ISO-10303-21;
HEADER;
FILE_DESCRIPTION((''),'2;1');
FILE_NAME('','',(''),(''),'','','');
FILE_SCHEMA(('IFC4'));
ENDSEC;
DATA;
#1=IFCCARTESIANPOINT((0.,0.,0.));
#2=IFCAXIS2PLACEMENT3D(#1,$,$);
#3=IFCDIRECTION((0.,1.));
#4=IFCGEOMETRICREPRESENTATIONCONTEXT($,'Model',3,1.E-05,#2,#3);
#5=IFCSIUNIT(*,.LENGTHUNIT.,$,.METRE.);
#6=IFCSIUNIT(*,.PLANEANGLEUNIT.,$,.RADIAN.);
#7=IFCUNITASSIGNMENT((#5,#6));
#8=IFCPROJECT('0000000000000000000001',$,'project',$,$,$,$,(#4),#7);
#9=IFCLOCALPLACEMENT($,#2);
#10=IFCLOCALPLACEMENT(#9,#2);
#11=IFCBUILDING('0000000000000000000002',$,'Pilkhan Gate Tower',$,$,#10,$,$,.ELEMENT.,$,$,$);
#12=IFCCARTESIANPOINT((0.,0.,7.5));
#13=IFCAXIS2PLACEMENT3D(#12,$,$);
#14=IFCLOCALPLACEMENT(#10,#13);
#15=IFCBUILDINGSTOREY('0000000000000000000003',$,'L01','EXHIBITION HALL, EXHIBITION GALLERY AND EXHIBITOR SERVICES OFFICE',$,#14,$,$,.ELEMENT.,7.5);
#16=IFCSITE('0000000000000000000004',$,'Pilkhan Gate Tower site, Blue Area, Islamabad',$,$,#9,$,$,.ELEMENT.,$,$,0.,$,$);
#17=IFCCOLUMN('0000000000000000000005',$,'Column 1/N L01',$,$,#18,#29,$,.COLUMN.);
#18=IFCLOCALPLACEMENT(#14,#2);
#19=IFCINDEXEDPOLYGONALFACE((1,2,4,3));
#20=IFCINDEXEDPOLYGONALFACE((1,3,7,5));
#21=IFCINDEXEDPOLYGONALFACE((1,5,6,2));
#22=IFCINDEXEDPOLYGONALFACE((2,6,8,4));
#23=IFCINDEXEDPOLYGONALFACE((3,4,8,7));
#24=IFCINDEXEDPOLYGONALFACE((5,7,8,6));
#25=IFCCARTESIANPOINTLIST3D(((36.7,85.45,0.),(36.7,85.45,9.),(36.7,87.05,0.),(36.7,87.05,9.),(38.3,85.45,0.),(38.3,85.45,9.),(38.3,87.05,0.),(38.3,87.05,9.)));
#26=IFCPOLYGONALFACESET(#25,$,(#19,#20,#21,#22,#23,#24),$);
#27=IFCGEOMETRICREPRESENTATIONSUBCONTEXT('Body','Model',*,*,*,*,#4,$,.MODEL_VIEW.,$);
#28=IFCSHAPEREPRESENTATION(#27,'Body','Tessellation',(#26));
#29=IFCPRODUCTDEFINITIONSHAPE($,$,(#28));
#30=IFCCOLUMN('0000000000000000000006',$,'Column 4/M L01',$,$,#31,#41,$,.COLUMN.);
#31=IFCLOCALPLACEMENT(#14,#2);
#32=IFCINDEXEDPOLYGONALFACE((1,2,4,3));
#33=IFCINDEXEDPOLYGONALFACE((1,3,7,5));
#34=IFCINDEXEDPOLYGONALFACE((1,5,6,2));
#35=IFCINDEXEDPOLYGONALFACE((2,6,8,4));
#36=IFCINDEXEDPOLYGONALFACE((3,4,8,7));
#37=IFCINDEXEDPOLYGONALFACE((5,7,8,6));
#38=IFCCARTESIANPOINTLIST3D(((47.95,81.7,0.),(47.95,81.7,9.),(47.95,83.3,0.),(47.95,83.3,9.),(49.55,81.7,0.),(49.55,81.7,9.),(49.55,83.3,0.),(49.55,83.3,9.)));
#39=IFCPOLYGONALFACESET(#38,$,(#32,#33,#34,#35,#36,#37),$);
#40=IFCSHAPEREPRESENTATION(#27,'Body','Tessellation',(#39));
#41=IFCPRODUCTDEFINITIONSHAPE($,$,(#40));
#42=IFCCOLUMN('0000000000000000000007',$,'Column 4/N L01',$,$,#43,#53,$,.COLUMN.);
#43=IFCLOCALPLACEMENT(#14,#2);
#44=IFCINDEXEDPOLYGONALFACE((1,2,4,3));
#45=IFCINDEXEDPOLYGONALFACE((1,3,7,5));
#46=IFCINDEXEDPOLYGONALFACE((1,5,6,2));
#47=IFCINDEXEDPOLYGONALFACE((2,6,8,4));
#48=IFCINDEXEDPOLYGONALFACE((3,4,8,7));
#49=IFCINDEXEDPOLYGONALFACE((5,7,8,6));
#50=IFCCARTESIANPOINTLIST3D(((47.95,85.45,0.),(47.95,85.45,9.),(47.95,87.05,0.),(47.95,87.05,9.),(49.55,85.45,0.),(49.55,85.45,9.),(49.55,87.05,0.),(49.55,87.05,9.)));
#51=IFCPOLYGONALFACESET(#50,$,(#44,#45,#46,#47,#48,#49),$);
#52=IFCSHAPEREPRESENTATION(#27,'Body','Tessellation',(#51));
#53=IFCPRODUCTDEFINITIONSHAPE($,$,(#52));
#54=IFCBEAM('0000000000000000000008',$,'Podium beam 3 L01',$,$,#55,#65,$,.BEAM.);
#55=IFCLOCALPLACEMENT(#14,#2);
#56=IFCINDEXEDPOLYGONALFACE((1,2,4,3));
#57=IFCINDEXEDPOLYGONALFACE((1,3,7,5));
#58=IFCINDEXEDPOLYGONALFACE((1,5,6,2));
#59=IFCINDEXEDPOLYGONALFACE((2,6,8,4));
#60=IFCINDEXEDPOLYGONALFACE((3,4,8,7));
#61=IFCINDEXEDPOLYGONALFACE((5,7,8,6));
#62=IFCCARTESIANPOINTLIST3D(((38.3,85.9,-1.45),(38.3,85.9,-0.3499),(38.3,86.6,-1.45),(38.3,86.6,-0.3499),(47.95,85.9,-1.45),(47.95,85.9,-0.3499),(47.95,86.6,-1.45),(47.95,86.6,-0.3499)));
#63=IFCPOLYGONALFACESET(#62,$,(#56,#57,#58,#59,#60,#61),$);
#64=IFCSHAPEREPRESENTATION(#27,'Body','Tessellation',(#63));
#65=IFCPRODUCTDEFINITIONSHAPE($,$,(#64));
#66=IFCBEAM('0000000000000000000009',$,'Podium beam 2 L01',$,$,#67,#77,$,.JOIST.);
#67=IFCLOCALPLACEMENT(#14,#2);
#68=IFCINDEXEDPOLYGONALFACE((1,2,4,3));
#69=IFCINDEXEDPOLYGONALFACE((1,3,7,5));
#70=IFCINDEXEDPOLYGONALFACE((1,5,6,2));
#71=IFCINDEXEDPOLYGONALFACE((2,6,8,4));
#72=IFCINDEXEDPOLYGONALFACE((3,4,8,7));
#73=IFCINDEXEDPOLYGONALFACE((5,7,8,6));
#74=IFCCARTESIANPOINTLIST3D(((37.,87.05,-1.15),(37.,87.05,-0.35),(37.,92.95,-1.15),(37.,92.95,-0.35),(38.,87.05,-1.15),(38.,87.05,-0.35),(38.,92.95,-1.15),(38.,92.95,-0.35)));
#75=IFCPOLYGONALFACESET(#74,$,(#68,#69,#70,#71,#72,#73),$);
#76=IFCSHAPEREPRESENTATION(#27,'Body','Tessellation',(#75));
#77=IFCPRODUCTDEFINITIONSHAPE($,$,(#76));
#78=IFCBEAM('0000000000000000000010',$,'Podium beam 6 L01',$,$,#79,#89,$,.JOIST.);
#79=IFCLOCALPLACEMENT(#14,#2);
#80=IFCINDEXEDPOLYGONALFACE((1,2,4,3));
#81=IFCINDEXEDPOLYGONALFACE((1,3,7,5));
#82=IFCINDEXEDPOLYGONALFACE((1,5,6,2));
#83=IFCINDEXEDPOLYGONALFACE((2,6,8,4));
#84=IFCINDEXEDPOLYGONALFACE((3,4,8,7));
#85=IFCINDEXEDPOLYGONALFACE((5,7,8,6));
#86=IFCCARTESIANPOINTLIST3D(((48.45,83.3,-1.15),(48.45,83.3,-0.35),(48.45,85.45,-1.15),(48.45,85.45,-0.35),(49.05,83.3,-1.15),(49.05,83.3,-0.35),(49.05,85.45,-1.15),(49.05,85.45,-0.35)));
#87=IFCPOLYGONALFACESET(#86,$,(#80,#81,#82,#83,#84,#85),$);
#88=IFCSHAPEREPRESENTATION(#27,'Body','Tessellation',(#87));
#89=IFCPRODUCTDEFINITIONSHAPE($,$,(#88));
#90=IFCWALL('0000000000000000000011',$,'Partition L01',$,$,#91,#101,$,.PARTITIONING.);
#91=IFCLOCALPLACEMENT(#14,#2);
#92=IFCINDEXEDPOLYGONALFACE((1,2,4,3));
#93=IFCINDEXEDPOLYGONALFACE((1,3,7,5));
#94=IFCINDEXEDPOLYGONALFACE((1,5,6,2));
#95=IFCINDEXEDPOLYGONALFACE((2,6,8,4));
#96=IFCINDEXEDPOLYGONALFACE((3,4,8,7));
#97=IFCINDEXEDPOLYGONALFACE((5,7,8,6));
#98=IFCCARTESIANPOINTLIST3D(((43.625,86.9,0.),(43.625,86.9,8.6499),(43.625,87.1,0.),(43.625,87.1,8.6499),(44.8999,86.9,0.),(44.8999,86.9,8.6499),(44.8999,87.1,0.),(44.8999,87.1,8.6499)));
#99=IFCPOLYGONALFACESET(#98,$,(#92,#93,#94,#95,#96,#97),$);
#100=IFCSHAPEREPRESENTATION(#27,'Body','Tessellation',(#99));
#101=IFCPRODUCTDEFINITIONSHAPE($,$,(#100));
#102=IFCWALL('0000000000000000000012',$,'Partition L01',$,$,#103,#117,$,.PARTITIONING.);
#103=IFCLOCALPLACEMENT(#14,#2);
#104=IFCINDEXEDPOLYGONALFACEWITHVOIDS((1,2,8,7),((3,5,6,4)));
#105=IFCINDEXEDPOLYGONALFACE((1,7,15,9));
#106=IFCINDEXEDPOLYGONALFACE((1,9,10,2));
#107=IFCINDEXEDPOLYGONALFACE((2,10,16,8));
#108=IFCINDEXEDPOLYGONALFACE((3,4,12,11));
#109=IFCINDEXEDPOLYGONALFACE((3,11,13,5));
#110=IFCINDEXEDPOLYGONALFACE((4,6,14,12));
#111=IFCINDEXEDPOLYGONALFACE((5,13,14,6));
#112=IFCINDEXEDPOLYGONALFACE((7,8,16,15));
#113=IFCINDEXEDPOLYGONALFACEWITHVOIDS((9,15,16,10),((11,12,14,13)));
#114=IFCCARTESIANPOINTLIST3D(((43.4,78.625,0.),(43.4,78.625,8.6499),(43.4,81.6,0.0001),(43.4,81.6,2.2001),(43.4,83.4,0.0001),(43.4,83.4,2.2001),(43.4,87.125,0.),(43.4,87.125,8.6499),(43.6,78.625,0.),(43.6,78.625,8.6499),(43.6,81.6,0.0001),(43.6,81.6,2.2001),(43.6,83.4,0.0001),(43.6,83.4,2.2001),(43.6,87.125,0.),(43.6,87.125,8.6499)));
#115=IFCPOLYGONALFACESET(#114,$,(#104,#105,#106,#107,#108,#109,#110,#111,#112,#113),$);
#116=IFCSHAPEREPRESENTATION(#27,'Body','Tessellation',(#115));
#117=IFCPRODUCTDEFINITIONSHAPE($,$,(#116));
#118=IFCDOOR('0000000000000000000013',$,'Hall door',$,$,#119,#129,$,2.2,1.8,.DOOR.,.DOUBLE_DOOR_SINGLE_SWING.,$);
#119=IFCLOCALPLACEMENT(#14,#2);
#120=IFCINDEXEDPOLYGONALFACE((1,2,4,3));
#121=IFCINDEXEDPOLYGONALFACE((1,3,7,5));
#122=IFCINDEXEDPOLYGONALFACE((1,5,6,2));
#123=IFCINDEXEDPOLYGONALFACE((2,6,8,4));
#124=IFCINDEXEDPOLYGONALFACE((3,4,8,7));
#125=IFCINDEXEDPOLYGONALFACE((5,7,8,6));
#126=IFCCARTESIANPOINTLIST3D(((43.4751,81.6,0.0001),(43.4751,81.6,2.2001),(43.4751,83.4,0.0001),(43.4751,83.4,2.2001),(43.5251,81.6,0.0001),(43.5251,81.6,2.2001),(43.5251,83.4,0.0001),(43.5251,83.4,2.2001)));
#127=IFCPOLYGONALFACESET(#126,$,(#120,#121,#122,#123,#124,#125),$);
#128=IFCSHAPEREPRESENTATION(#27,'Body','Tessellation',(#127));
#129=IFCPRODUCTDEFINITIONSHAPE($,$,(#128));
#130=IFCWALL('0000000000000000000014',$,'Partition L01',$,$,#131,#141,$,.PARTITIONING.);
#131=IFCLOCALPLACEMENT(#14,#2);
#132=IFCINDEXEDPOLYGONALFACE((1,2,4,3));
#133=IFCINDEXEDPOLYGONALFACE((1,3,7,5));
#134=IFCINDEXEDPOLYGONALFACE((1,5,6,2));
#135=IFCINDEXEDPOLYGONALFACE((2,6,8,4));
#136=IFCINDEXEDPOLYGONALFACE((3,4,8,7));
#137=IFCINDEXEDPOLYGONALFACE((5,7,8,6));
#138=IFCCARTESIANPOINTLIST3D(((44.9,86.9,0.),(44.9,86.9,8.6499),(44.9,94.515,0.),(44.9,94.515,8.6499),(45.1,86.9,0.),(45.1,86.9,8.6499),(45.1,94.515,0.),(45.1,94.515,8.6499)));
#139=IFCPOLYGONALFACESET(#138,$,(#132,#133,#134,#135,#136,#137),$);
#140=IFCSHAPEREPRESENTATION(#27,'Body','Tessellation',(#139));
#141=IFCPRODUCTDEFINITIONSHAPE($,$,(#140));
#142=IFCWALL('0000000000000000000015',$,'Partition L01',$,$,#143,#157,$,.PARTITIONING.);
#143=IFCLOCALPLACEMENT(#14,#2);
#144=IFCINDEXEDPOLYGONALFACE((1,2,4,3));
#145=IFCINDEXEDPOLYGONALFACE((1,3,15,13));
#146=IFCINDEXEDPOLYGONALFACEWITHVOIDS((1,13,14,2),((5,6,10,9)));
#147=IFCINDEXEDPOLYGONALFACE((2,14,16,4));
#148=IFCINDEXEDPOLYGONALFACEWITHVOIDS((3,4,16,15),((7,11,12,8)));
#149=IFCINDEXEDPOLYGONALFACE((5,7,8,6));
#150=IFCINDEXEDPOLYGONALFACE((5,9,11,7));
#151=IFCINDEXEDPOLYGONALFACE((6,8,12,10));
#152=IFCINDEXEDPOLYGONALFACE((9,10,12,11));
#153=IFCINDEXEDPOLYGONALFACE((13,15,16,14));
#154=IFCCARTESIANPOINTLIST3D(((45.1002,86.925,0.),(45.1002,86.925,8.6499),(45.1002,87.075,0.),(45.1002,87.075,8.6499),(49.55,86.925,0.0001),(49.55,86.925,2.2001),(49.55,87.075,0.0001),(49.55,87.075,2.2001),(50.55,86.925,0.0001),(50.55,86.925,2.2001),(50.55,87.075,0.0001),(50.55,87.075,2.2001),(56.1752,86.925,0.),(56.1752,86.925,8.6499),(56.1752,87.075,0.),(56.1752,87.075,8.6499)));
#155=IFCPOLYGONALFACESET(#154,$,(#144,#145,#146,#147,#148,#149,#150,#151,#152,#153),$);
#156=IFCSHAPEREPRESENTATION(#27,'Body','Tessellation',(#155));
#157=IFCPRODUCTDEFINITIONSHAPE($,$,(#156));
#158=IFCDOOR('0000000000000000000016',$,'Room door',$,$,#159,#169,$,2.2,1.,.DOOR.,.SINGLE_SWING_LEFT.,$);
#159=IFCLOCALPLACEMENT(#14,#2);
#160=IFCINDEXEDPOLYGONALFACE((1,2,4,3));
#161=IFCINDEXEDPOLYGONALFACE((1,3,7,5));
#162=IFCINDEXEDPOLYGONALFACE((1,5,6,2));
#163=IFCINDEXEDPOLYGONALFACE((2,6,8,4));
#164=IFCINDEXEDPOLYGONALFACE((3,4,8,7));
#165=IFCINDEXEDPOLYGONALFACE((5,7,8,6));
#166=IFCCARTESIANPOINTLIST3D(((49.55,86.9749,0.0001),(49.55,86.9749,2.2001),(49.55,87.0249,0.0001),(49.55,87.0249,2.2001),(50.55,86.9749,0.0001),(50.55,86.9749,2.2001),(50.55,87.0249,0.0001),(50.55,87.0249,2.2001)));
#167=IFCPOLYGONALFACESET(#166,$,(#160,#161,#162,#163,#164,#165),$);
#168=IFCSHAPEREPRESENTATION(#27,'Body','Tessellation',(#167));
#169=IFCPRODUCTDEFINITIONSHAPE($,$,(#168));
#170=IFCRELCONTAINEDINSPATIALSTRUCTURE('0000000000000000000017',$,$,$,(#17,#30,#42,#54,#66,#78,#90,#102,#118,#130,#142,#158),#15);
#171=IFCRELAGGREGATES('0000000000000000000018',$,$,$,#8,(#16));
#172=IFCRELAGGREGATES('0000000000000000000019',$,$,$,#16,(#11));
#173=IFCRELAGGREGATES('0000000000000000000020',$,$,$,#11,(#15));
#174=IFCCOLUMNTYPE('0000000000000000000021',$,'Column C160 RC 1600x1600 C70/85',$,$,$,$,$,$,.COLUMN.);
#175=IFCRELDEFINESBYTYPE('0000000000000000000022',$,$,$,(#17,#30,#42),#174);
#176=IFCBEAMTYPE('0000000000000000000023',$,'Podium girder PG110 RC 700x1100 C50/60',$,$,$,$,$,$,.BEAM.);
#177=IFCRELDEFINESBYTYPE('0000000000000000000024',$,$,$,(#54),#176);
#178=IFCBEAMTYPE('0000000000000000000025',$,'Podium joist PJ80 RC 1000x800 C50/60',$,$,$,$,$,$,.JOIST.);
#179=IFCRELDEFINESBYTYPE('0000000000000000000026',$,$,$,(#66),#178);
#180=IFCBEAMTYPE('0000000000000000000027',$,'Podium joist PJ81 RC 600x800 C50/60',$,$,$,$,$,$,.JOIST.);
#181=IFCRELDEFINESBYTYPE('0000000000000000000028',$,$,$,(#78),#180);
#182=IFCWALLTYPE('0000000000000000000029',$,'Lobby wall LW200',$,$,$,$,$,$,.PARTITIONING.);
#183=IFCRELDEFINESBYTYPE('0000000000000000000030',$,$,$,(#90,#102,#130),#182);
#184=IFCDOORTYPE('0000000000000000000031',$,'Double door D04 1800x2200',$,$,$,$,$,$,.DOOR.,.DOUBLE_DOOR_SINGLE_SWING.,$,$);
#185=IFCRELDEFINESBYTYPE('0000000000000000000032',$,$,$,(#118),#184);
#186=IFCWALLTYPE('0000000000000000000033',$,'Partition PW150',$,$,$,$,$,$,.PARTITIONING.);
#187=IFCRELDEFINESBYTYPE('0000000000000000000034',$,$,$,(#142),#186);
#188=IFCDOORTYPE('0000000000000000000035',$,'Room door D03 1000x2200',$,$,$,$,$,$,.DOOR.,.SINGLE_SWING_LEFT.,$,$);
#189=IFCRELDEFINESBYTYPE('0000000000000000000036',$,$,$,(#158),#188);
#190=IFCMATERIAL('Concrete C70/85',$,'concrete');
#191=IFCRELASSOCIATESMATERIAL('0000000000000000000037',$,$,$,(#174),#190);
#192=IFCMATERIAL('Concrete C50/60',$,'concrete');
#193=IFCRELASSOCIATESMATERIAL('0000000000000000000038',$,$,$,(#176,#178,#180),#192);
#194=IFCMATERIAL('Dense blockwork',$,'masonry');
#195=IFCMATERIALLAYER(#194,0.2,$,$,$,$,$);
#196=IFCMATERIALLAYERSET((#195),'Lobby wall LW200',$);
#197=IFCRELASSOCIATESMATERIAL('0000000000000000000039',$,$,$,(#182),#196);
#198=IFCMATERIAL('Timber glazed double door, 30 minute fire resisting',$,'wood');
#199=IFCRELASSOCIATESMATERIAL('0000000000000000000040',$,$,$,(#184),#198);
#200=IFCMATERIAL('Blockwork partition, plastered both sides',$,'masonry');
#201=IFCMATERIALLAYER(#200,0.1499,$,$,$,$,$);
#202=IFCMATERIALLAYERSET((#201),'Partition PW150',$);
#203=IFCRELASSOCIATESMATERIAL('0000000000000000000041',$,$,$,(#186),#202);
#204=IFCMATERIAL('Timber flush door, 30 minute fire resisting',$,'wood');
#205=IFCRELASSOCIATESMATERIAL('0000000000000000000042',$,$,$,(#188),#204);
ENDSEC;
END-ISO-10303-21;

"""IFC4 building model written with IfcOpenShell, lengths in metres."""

from ifc_helpers import new_model, si_unit, direction, frame, frame_2d, origin, origin_2d, place, context, subcontext, project, spatial, rectangle, extrude, material, layer, layer_set, material_profile, profile_set, type_object, element, fill, save


model = new_model("IFC4")

# Units and contexts
model_context = context("Model", 3, precision=1e-05, world=origin(), true_north=direction((0.0, 1.0)))
body_context = subcontext(model_context, "Body", "Model", "MODEL_VIEW")
ifc_project = project(units=[si_unit("LENGTHUNIT", "METRE"), si_unit("PLANEANGLEUNIT", "RADIAN")], contexts=[model_context])

# Site, building, storey
site_placement = place(None, origin())
site = spatial("IfcSite", under=ifc_project, at=site_placement, Name="Pilkhan Gate Tower site, Blue Area, Islamabad", CompositionType="ELEMENT", RefElevation=0.0)
building_placement = place(site_placement, origin())
building = spatial("IfcBuilding", under=site, at=building_placement, Name="Pilkhan Gate Tower", CompositionType="ELEMENT")
storey_placement = place(building_placement, frame((0.0, 0.0, 7.5)))
storey = spatial("IfcBuildingStorey", under=building, at=storey_placement, Name="L01", Description="EXHIBITION HALL, EXHIBITION GALLERY AND EXHIBITOR SERVICES OFFICE", CompositionType="ELEMENT", Elevation=7.5)

# Columns
ifc_material_1 = material(Name="Concrete C70/85", Category="concrete")
ifc_material_profile_1 = material_profile(ifc_material_1, rectangle(XDim=1.6001, YDim=1.6001, at=origin_2d()), Name="RC 1600x1600")
ifc_profile_set_1 = profile_set([ifc_material_profile_1], Name="Concrete C70/85")
column_type = type_object("IfcColumnType", Name="Column C160 RC 1600x1600 C70/85", PredefinedType="COLUMN", material=ifc_profile_set_1)
for number, where, z_axis, x_axis, name in (
    (1, (37.5, 86.25, 0.0), (0.0, 0.0, 1.0), (1.0, 0.0, 0.0), "Column 1/N L01"),
    (2, (48.75, 82.5, 0.0), (0.0, 0.0, 1.0), (1.0, 0.0, 0.0), "Column 4/M L01"),
    (3, (48.75, 86.25, 0.0), (0.0, 0.0, 1.0), (1.0, 0.0, 0.0), "Column 4/N L01"),
):
    element("IfcColumn", number, at=place(storey_placement, frame(where, z_axis=z_axis, x_axis=x_axis)), inside=storey, type_object=column_type, Name=name, PredefinedType="COLUMN", context=body_context, shape_type="SweptSolid", body=[
        extrude(rectangle(XDim=1.6001, YDim=1.6001, at=origin_2d()), origin(), (0.0, 0.0, 1.0), 9.0),
    ])

# Beams
ifc_material_2 = material(Name="Concrete C50/60", Category="concrete")
ifc_material_profile_2 = material_profile(ifc_material_2, rectangle(XDim=0.7, YDim=1.1001, at=origin_2d()), Name="RC 700x1100")
ifc_profile_set_2 = profile_set([ifc_material_profile_2], Name="Concrete C50/60")
beam_type_1 = type_object("IfcBeamType", Name="Podium girder PG110 RC 700x1100 C50/60", PredefinedType="BEAM", material=ifc_profile_set_2)
beam_1_placement = place(storey_placement, frame((38.3, 86.25, -0.8999), z_axis=(1.0, 0.0, 0.0), x_axis=(0.0, 1.0, 0.0)))
element("IfcBeam", 4, at=beam_1_placement, inside=storey, type_object=beam_type_1, Name="Podium beam 3 L01", PredefinedType="BEAM", context=body_context, shape_type="SweptSolid", body=[
    extrude(rectangle(XDim=0.7, YDim=1.1001, at=origin_2d()), origin(), (0.0, 0.0, 1.0), 9.6499),
])
ifc_material_profile_3 = material_profile(ifc_material_2, rectangle(XDim=1.0, YDim=0.8, at=origin_2d()), Name="RC 1000x800")
ifc_profile_set_3 = profile_set([ifc_material_profile_3], Name="Concrete C50/60")
beam_type_2 = type_object("IfcBeamType", Name="Podium joist PJ80 RC 1000x800 C50/60", PredefinedType="JOIST", material=ifc_profile_set_3)
beam_2_placement = place(storey_placement, frame((37.5, 87.05, -0.75), z_axis=(0.0, 1.0, 0.0), x_axis=(-1.0, 0.0, 0.0)))
element("IfcBeam", 5, at=beam_2_placement, inside=storey, type_object=beam_type_2, Name="Podium beam 2 L01", PredefinedType="JOIST", context=body_context, shape_type="SweptSolid", body=[
    extrude(rectangle(XDim=1.0, YDim=0.8, at=origin_2d()), origin(), (0.0, 0.0, 1.0), 5.8999),
])
ifc_material_profile_4 = material_profile(ifc_material_2, rectangle(XDim=0.6001, YDim=0.8, at=origin_2d()), Name="RC 600x800")
ifc_profile_set_4 = profile_set([ifc_material_profile_4], Name="Concrete C50/60")
beam_type_3 = type_object("IfcBeamType", Name="Podium joist PJ81 RC 600x800 C50/60", PredefinedType="JOIST", material=ifc_profile_set_4)
beam_3_placement = place(storey_placement, frame((48.75, 83.3, -0.75), z_axis=(0.0, 1.0, 0.0), x_axis=(-1.0, 0.0, 0.0)))
element("IfcBeam", 6, at=beam_3_placement, inside=storey, type_object=beam_type_3, Name="Podium beam 6 L01", PredefinedType="JOIST", context=body_context, shape_type="SweptSolid", body=[
    extrude(rectangle(XDim=0.6001, YDim=0.8, at=origin_2d()), origin(), (0.0, 0.0, 1.0), 2.1499),
])

# Wall
ifc_material_3 = material(Name="Dense blockwork", Category="masonry")
ifc_layer_1 = layer(ifc_material_3, 0.2)
ifc_layer_set_1 = layer_set([ifc_layer_1], Name="Lobby wall LW200")
wall_type_1 = type_object("IfcWallType", Name="Lobby wall LW200", PredefinedType="PARTITIONING", material=ifc_layer_set_1)
wall_1_placement = place(storey_placement, frame((43.625, 87.0, 0.0), z_axis=(0.0, 0.0, 1.0), x_axis=(1.0, 0.0, 0.0)))
element("IfcWall", 7, at=wall_1_placement, inside=storey, type_object=wall_type_1, Name="Partition L01", PredefinedType="PARTITIONING", context=body_context, shape_type="SweptSolid", body=[
    extrude(rectangle(XDim=1.2749, YDim=0.2, at=frame_2d((0.6375, 0.0))), origin(), (0.0, 0.0, 1.0), 8.6499),
])

# Wall, opening, door
wall_2_placement = place(storey_placement, frame((43.5, 78.625, 0.0), z_axis=(0.0, 0.0, 1.0), x_axis=(0.0, 1.0, 0.0)))
wall_2 = element("IfcWall", 8, at=wall_2_placement, inside=storey, type_object=wall_type_1, Name="Partition L01", PredefinedType="PARTITIONING", context=body_context, shape_type="SweptSolid", body=[
    extrude(rectangle(XDim=8.5, YDim=0.2, at=frame_2d((4.25, 0.0))), origin(), (0.0, 0.0, 1.0), 8.6499),
])
opening_1_placement = place(wall_2_placement, frame((2.9751, 0.0, 0.0)))
opening_1 = element("IfcOpeningElement", 9, at=opening_1_placement, cuts=wall_2, PredefinedType="OPENING", context=body_context, shape_type="SweptSolid", body=[
    extrude(rectangle(XDim=1.8, YDim=2.2, at=frame_2d((0.8999, 1.1001))), frame((0.0, 0.1099, 0.0), z_axis=(0.0, -1.0, 0.0), x_axis=(1.0, 0.0, 0.0)), (0.0, 0.0, 1.0), 0.22),
])
ifc_material_4 = material(Name="Timber glazed double door, 30 minute fire resisting", Category="wood")
door_type_1 = type_object("IfcDoorType", Name="Double door D04 1800x2200", OperationType="DOUBLE_DOOR_SINGLE_SWING", PredefinedType="DOOR", material=ifc_material_4)
door_1_placement = place(opening_1_placement, origin())
door_1 = element("IfcDoor", 10, at=door_1_placement, inside=storey, type_object=door_type_1, Name="Hall door", OperationType="DOUBLE_DOOR_SINGLE_SWING", OverallHeight=2.2, OverallWidth=1.8, PredefinedType="DOOR", context=body_context, shape_type="SweptSolid", body=[
    extrude(rectangle(XDim=1.8, YDim=2.2, at=frame_2d((0.8999, 1.1001))), frame((0.0, 0.0249, 0.0), z_axis=(0.0, -1.0, 0.0), x_axis=(1.0, 0.0, 0.0)), (0.0, 0.0, 1.0), 0.05),
])
fill(opening_1, door_1)

# Wall
wall_3_placement = place(storey_placement, frame((45.0, 86.8999, 0.0), z_axis=(0.0, 0.0, 1.0), x_axis=(0.0, 1.0, 0.0)))
element("IfcWall", 11, at=wall_3_placement, inside=storey, type_object=wall_type_1, Name="Partition L01", PredefinedType="PARTITIONING", context=body_context, shape_type="SweptSolid", body=[
    extrude(rectangle(XDim=7.615, YDim=0.2, at=frame_2d((3.8076, 0.0))), origin(), (0.0, 0.0, 1.0), 8.6499),
])

# Wall, opening, door
ifc_material_5 = material(Name="Blockwork partition, plastered both sides", Category="masonry")
ifc_layer_2 = layer(ifc_material_5, 0.1499)
ifc_layer_set_2 = layer_set([ifc_layer_2], Name="Partition PW150")
wall_type_2 = type_object("IfcWallType", Name="Partition PW150", PredefinedType="PARTITIONING", material=ifc_layer_set_2)
wall_4_placement = place(storey_placement, frame((45.1001, 87.0, 0.0), z_axis=(0.0, 0.0, 1.0), x_axis=(1.0, 0.0, 0.0)))
wall_4 = element("IfcWall", 12, at=wall_4_placement, inside=storey, type_object=wall_type_2, Name="Partition L01", PredefinedType="PARTITIONING", context=body_context, shape_type="SweptSolid", body=[
    extrude(rectangle(XDim=11.075, YDim=0.1499, at=frame_2d((5.5376, 0.0))), origin(), (0.0, 0.0, 1.0), 8.6499),
])
opening_2_placement = place(wall_4_placement, frame((4.45, 0.0, 0.0)))
opening_2 = element("IfcOpeningElement", 13, at=opening_2_placement, cuts=wall_4, PredefinedType="OPENING", context=body_context, shape_type="SweptSolid", body=[
    extrude(rectangle(XDim=1.0, YDim=2.2, at=frame_2d((0.5, 1.1001))), frame((0.0, 0.085, 0.0), z_axis=(0.0, -1.0, 0.0), x_axis=(1.0, 0.0, 0.0)), (0.0, 0.0, 1.0), 0.1699),
])
ifc_material_6 = material(Name="Timber flush door, 30 minute fire resisting", Category="wood")
door_type_2 = type_object("IfcDoorType", Name="Room door D03 1000x2200", OperationType="SINGLE_SWING_LEFT", PredefinedType="DOOR", material=ifc_material_6)
door_2_placement = place(opening_2_placement, origin())
door_2 = element("IfcDoor", 14, at=door_2_placement, inside=storey, type_object=door_type_2, Name="Room door", OperationType="SINGLE_SWING_LEFT", OverallHeight=2.2, OverallWidth=1.0, PredefinedType="DOOR", context=body_context, shape_type="SweptSolid", body=[
    extrude(rectangle(XDim=1.0, YDim=2.2, at=frame_2d((0.5, 1.1001))), frame((0.0, 0.0249, 0.0), z_axis=(0.0, -1.0, 0.0), x_axis=(1.0, 0.0, 0.0)), (0.0, 0.0, 1.0), 0.05),
])
fill(opening_2, door_2)

save(model, "model.ifc")
